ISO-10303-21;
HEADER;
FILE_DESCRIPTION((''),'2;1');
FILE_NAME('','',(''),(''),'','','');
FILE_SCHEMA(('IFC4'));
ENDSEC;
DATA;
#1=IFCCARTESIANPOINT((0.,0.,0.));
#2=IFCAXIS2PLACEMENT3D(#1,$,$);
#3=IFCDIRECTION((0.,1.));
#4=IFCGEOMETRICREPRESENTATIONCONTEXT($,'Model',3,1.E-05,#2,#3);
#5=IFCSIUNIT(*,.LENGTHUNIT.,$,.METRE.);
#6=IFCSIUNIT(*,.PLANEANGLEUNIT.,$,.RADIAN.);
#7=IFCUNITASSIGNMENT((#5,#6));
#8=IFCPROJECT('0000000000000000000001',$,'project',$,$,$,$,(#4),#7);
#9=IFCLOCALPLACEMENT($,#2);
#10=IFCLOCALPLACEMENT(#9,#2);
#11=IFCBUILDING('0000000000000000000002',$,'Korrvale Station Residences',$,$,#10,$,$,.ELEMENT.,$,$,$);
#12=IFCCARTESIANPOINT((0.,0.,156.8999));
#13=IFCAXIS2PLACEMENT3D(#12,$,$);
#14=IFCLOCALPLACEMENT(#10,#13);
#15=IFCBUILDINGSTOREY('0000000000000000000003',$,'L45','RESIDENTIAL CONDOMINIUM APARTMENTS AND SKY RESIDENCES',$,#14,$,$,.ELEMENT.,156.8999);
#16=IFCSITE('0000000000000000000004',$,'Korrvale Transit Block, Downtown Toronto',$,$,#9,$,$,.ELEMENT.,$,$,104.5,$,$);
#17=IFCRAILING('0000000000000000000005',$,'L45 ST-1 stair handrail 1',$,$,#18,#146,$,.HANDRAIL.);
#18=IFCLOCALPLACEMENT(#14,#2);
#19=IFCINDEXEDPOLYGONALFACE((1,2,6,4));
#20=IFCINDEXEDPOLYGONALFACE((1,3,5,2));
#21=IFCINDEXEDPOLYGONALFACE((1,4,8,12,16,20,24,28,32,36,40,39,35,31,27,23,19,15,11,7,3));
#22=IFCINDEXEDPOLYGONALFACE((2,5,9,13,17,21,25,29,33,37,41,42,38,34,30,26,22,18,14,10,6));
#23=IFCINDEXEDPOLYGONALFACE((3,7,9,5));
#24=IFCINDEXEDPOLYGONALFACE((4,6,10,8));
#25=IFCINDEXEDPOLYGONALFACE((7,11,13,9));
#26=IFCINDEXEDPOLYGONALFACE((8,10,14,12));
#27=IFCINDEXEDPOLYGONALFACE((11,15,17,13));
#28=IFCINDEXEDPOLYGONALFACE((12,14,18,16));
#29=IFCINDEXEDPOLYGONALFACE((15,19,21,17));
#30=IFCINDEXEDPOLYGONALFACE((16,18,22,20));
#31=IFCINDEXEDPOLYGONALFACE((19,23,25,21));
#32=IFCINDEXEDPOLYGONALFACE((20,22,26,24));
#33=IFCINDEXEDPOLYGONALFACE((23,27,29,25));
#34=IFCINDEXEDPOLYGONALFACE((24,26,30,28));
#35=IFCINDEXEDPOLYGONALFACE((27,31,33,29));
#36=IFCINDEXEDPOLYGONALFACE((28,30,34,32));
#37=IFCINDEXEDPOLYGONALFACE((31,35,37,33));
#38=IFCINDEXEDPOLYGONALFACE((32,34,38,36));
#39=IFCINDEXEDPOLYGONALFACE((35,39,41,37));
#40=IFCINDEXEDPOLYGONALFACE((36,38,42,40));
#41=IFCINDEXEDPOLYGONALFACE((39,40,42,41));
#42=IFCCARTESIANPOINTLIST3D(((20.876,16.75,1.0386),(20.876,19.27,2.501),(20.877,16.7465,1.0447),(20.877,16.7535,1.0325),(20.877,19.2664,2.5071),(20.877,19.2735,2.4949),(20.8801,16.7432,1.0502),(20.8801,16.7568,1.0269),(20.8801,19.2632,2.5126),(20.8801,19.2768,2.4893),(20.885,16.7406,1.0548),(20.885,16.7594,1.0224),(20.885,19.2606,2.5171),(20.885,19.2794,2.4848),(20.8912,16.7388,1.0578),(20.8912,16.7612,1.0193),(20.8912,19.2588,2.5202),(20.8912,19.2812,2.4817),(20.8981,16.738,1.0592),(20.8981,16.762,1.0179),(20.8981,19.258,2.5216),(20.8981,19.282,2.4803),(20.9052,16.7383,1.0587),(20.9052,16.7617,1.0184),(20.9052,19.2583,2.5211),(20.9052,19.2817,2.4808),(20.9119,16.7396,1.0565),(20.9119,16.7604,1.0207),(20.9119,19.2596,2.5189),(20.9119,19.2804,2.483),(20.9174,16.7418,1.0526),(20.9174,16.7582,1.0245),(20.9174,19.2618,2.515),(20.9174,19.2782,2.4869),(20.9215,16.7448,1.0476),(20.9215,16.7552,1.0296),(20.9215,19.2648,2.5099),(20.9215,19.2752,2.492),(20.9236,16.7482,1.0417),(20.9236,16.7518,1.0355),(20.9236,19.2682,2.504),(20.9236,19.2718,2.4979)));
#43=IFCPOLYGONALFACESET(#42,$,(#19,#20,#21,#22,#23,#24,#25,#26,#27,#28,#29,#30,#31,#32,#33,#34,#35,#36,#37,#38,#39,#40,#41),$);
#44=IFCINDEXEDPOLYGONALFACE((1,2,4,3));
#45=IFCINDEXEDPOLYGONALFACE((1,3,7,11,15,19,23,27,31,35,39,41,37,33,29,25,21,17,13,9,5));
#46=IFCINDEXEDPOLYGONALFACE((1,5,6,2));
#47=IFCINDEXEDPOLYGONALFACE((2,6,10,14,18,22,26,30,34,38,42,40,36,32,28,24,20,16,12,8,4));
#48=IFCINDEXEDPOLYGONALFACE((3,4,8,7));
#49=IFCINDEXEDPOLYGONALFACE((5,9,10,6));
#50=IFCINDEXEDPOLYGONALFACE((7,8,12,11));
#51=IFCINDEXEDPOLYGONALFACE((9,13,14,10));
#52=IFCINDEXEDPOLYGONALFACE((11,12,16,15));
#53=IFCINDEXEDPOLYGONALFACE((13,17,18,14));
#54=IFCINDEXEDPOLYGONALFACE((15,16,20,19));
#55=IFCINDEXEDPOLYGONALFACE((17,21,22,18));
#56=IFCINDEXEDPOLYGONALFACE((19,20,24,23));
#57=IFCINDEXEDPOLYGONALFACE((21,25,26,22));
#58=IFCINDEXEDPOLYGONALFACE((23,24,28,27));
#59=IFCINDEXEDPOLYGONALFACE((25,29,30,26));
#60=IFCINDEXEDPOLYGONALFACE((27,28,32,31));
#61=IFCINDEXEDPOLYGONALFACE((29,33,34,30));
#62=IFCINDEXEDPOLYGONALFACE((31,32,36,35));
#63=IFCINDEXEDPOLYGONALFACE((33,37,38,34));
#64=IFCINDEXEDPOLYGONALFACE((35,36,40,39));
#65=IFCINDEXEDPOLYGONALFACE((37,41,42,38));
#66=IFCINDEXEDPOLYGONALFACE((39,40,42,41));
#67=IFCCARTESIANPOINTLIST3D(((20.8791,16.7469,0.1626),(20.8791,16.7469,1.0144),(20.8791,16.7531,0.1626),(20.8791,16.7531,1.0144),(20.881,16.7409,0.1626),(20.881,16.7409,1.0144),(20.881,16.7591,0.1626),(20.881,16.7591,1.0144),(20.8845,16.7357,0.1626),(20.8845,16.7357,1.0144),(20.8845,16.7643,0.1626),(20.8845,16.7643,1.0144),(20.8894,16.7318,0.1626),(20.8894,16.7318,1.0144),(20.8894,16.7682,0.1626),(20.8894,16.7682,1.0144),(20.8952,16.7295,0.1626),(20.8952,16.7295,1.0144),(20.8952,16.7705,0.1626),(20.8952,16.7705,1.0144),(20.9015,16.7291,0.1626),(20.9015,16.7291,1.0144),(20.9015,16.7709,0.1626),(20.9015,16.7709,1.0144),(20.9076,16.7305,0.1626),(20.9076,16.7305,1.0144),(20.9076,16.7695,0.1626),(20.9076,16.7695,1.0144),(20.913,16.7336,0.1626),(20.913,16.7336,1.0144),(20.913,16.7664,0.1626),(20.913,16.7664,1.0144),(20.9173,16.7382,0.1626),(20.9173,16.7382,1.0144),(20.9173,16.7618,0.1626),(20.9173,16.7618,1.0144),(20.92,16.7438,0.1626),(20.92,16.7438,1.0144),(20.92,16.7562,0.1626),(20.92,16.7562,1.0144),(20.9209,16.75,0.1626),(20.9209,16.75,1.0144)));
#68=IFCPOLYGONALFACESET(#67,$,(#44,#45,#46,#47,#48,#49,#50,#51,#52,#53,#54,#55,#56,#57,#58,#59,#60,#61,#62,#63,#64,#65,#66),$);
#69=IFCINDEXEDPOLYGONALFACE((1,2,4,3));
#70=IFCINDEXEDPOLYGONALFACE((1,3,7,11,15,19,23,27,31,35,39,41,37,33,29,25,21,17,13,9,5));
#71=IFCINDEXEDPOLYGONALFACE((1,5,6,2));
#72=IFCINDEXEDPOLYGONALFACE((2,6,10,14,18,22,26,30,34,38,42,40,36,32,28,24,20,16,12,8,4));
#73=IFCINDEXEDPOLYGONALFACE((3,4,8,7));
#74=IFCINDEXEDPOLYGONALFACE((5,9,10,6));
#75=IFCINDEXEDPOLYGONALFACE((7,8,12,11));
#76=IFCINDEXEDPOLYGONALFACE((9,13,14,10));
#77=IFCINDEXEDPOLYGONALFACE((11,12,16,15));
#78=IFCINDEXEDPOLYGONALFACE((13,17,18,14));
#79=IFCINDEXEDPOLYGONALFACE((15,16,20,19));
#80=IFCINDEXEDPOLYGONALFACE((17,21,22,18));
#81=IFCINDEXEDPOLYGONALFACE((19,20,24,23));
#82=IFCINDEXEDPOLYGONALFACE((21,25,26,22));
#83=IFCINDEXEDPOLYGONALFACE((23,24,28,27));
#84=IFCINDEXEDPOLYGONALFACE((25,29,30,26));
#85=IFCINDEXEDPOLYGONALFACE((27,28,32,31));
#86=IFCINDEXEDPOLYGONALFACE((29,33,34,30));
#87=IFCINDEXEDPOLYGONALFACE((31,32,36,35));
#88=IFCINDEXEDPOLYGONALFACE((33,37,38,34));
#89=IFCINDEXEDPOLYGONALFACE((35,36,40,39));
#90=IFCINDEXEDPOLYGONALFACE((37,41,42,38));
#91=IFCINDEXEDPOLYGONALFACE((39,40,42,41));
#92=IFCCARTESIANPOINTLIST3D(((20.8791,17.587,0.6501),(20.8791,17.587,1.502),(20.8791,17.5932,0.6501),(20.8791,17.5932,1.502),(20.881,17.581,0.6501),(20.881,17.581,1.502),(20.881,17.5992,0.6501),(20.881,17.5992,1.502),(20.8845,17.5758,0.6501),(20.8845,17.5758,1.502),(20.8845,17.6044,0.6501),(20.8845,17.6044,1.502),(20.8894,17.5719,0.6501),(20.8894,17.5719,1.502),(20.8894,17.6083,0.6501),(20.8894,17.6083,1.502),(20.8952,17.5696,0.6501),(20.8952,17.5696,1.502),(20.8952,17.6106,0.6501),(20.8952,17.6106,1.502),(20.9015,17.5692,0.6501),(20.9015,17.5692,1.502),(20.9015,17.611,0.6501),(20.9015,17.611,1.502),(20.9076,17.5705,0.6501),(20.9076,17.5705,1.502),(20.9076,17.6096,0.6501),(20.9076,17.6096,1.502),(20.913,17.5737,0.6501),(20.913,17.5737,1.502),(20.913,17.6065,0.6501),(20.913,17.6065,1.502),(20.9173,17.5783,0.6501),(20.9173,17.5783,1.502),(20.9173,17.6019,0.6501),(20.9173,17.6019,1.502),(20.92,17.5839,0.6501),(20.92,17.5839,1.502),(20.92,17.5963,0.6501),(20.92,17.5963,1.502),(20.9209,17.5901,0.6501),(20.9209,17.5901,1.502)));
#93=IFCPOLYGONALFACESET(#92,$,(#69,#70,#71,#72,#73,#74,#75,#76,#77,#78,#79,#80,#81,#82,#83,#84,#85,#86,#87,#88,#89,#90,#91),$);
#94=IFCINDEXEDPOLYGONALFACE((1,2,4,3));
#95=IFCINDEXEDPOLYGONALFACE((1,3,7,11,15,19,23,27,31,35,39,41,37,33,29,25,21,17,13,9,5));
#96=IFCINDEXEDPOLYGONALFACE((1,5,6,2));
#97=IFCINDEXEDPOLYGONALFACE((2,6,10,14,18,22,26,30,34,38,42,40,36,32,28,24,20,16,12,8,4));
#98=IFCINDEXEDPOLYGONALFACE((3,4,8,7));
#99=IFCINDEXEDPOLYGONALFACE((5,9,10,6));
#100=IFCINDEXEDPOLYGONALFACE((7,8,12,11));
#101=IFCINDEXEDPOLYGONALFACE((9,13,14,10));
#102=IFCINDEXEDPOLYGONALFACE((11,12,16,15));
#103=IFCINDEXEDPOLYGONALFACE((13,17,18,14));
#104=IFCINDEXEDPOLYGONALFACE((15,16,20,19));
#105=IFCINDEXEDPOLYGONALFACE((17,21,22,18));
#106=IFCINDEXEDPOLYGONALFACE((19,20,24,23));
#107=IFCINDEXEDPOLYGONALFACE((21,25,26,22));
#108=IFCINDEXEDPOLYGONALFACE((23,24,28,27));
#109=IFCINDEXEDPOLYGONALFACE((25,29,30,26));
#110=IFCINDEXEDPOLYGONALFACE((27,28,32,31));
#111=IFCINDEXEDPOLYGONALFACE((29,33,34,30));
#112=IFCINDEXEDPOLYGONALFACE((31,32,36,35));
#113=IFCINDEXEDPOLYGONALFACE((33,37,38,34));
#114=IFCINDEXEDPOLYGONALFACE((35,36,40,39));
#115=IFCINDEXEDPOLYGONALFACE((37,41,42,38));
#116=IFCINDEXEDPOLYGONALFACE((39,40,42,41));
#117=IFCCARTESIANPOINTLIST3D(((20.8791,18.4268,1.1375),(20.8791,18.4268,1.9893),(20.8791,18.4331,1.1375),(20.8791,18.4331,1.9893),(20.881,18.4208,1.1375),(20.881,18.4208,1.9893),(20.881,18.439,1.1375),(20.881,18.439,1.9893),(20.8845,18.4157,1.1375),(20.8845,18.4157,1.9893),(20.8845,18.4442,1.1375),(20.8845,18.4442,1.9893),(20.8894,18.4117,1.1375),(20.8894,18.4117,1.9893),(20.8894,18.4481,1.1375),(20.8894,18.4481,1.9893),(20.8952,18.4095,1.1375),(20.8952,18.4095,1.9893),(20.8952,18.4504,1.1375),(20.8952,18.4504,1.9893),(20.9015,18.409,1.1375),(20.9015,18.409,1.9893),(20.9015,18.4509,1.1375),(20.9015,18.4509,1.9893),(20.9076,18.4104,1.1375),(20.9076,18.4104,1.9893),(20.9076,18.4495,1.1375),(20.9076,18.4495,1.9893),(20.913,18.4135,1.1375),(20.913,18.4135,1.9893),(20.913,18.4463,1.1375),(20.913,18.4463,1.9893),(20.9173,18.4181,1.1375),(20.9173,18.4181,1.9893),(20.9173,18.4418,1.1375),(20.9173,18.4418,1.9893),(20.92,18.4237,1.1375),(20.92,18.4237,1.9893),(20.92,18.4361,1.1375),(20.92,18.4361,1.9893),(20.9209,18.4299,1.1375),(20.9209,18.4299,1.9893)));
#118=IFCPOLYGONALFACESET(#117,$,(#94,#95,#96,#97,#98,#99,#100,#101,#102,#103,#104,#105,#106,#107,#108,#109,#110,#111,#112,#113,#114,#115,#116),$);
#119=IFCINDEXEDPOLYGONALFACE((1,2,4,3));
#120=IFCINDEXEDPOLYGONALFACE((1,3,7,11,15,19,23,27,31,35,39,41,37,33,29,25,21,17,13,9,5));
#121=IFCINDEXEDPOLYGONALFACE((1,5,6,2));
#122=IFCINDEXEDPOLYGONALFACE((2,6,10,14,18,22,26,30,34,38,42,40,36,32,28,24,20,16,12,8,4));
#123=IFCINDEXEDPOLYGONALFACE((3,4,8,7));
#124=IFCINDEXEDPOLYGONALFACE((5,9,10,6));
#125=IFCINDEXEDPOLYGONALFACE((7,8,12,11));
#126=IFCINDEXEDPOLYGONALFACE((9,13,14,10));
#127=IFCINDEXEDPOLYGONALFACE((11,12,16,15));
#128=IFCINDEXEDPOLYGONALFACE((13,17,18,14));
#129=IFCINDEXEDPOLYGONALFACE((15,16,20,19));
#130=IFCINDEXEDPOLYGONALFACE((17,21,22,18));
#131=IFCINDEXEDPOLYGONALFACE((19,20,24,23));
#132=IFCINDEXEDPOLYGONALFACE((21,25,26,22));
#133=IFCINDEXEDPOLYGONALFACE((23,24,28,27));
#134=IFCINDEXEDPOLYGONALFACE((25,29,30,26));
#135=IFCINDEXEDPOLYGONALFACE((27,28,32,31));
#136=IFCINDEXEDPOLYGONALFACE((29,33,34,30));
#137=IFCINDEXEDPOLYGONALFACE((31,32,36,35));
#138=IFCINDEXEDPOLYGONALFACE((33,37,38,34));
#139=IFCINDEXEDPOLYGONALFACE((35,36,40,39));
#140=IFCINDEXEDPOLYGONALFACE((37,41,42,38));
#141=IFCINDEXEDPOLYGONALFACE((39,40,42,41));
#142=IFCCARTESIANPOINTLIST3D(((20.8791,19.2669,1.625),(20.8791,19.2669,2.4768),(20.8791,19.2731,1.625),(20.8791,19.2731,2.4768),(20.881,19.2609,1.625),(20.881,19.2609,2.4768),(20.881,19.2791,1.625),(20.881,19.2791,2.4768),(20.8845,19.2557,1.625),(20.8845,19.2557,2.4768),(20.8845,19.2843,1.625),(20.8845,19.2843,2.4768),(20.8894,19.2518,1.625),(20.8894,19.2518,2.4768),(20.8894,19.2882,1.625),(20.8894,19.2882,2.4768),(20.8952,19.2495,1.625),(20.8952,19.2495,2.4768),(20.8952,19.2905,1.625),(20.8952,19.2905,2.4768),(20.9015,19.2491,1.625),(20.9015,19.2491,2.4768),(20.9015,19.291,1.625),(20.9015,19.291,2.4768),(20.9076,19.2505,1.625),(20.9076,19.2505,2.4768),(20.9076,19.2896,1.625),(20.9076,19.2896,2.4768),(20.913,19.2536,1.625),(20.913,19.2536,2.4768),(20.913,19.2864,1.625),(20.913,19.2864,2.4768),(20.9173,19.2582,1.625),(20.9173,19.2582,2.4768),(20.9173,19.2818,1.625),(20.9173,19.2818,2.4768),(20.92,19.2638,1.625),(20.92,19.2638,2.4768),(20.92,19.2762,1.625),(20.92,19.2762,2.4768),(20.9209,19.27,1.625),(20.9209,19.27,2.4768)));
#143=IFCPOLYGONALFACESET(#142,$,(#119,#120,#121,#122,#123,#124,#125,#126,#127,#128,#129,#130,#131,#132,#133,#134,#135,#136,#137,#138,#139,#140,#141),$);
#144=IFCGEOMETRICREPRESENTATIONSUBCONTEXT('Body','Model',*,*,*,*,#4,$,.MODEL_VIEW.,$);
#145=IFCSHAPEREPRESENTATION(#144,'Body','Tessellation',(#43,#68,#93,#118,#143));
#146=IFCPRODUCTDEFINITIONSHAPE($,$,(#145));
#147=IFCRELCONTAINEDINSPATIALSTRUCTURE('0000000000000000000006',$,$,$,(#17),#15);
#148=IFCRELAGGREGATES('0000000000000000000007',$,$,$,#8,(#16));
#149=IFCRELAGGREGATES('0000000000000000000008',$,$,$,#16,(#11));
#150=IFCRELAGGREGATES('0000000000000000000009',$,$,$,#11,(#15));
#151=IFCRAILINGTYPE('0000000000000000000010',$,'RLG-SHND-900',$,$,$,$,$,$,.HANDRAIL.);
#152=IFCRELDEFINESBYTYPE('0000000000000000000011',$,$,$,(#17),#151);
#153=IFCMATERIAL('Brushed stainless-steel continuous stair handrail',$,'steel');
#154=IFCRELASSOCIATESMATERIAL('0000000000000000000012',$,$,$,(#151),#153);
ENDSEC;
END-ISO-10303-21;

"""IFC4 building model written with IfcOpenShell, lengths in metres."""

from ifc_helpers import new_model, si_unit, direction, frame, origin, origin_2d, place, context, subcontext, project, spatial, circle, extrude, material, type_object, element, save


model = new_model("IFC4")

# Units and contexts
model_context = context("Model", 3, precision=1e-05, world=origin(), true_north=direction((0.0, 1.0)))
body_context = subcontext(model_context, "Body", "Model", "MODEL_VIEW")
ifc_project = project(units=[si_unit("LENGTHUNIT", "METRE"), si_unit("PLANEANGLEUNIT", "RADIAN")], contexts=[model_context])

# Site, building, storey
site_placement = place(None, origin())
site = spatial("IfcSite", under=ifc_project, at=site_placement, Name="Korrvale Transit Block, Downtown Toronto", CompositionType="ELEMENT", RefElevation=104.5)
building_placement = place(site_placement, origin())
building = spatial("IfcBuilding", under=site, at=building_placement, Name="Korrvale Station Residences", CompositionType="ELEMENT")
storey_placement = place(building_placement, frame((0.0, 0.0, 156.8999)))
storey = spatial("IfcBuildingStorey", under=building, at=storey_placement, Name="L45", Description="RESIDENTIAL CONDOMINIUM APARTMENTS AND SKY RESIDENCES", CompositionType="ELEMENT", Elevation=156.8999)

# Railing
ifc_material_1 = material(Name="Brushed stainless-steel continuous stair handrail", Category="steel")
railing_type_1 = type_object("IfcRailingType", Name="RLG-SHND-900", PredefinedType="HANDRAIL", material=ifc_material_1)
railing_1_placement = place(storey_placement, frame((20.8999, 16.75, 0.1626)))
element("IfcRailing", 1, at=railing_1_placement, inside=storey, type_object=railing_type_1, Name="L45 ST-1 stair handrail 1", PredefinedType="HANDRAIL", context=body_context, shape_type="SweptSolid", body=[
    extrude(circle(Radius=0.0239, at=origin_2d()), frame((0.0, 0.0, 0.876), z_axis=(0.0, 0.864913, 0.501921), x_axis=(-1.0, 0.0, 0.0)), (0.0, 0.0, 1.0), 2.9136),
    extrude(circle(Radius=0.021, at=origin_2d()), origin(), (0.0, 0.0, 1.0), 0.8518),
    extrude(circle(Radius=0.021, at=origin_2d()), frame((0.0, 0.8401, 0.4875)), (0.0, 0.0, 1.0), 0.8518),
    extrude(circle(Radius=0.021, at=origin_2d()), frame((0.0, 1.6799, 0.9749)), (0.0, 0.0, 1.0), 0.8518),
    extrude(circle(Radius=0.021, at=origin_2d()), frame((0.0, 2.52, 1.4624)), (0.0, 0.0, 1.0), 0.8518),
])

save(model, "model.ifc")
